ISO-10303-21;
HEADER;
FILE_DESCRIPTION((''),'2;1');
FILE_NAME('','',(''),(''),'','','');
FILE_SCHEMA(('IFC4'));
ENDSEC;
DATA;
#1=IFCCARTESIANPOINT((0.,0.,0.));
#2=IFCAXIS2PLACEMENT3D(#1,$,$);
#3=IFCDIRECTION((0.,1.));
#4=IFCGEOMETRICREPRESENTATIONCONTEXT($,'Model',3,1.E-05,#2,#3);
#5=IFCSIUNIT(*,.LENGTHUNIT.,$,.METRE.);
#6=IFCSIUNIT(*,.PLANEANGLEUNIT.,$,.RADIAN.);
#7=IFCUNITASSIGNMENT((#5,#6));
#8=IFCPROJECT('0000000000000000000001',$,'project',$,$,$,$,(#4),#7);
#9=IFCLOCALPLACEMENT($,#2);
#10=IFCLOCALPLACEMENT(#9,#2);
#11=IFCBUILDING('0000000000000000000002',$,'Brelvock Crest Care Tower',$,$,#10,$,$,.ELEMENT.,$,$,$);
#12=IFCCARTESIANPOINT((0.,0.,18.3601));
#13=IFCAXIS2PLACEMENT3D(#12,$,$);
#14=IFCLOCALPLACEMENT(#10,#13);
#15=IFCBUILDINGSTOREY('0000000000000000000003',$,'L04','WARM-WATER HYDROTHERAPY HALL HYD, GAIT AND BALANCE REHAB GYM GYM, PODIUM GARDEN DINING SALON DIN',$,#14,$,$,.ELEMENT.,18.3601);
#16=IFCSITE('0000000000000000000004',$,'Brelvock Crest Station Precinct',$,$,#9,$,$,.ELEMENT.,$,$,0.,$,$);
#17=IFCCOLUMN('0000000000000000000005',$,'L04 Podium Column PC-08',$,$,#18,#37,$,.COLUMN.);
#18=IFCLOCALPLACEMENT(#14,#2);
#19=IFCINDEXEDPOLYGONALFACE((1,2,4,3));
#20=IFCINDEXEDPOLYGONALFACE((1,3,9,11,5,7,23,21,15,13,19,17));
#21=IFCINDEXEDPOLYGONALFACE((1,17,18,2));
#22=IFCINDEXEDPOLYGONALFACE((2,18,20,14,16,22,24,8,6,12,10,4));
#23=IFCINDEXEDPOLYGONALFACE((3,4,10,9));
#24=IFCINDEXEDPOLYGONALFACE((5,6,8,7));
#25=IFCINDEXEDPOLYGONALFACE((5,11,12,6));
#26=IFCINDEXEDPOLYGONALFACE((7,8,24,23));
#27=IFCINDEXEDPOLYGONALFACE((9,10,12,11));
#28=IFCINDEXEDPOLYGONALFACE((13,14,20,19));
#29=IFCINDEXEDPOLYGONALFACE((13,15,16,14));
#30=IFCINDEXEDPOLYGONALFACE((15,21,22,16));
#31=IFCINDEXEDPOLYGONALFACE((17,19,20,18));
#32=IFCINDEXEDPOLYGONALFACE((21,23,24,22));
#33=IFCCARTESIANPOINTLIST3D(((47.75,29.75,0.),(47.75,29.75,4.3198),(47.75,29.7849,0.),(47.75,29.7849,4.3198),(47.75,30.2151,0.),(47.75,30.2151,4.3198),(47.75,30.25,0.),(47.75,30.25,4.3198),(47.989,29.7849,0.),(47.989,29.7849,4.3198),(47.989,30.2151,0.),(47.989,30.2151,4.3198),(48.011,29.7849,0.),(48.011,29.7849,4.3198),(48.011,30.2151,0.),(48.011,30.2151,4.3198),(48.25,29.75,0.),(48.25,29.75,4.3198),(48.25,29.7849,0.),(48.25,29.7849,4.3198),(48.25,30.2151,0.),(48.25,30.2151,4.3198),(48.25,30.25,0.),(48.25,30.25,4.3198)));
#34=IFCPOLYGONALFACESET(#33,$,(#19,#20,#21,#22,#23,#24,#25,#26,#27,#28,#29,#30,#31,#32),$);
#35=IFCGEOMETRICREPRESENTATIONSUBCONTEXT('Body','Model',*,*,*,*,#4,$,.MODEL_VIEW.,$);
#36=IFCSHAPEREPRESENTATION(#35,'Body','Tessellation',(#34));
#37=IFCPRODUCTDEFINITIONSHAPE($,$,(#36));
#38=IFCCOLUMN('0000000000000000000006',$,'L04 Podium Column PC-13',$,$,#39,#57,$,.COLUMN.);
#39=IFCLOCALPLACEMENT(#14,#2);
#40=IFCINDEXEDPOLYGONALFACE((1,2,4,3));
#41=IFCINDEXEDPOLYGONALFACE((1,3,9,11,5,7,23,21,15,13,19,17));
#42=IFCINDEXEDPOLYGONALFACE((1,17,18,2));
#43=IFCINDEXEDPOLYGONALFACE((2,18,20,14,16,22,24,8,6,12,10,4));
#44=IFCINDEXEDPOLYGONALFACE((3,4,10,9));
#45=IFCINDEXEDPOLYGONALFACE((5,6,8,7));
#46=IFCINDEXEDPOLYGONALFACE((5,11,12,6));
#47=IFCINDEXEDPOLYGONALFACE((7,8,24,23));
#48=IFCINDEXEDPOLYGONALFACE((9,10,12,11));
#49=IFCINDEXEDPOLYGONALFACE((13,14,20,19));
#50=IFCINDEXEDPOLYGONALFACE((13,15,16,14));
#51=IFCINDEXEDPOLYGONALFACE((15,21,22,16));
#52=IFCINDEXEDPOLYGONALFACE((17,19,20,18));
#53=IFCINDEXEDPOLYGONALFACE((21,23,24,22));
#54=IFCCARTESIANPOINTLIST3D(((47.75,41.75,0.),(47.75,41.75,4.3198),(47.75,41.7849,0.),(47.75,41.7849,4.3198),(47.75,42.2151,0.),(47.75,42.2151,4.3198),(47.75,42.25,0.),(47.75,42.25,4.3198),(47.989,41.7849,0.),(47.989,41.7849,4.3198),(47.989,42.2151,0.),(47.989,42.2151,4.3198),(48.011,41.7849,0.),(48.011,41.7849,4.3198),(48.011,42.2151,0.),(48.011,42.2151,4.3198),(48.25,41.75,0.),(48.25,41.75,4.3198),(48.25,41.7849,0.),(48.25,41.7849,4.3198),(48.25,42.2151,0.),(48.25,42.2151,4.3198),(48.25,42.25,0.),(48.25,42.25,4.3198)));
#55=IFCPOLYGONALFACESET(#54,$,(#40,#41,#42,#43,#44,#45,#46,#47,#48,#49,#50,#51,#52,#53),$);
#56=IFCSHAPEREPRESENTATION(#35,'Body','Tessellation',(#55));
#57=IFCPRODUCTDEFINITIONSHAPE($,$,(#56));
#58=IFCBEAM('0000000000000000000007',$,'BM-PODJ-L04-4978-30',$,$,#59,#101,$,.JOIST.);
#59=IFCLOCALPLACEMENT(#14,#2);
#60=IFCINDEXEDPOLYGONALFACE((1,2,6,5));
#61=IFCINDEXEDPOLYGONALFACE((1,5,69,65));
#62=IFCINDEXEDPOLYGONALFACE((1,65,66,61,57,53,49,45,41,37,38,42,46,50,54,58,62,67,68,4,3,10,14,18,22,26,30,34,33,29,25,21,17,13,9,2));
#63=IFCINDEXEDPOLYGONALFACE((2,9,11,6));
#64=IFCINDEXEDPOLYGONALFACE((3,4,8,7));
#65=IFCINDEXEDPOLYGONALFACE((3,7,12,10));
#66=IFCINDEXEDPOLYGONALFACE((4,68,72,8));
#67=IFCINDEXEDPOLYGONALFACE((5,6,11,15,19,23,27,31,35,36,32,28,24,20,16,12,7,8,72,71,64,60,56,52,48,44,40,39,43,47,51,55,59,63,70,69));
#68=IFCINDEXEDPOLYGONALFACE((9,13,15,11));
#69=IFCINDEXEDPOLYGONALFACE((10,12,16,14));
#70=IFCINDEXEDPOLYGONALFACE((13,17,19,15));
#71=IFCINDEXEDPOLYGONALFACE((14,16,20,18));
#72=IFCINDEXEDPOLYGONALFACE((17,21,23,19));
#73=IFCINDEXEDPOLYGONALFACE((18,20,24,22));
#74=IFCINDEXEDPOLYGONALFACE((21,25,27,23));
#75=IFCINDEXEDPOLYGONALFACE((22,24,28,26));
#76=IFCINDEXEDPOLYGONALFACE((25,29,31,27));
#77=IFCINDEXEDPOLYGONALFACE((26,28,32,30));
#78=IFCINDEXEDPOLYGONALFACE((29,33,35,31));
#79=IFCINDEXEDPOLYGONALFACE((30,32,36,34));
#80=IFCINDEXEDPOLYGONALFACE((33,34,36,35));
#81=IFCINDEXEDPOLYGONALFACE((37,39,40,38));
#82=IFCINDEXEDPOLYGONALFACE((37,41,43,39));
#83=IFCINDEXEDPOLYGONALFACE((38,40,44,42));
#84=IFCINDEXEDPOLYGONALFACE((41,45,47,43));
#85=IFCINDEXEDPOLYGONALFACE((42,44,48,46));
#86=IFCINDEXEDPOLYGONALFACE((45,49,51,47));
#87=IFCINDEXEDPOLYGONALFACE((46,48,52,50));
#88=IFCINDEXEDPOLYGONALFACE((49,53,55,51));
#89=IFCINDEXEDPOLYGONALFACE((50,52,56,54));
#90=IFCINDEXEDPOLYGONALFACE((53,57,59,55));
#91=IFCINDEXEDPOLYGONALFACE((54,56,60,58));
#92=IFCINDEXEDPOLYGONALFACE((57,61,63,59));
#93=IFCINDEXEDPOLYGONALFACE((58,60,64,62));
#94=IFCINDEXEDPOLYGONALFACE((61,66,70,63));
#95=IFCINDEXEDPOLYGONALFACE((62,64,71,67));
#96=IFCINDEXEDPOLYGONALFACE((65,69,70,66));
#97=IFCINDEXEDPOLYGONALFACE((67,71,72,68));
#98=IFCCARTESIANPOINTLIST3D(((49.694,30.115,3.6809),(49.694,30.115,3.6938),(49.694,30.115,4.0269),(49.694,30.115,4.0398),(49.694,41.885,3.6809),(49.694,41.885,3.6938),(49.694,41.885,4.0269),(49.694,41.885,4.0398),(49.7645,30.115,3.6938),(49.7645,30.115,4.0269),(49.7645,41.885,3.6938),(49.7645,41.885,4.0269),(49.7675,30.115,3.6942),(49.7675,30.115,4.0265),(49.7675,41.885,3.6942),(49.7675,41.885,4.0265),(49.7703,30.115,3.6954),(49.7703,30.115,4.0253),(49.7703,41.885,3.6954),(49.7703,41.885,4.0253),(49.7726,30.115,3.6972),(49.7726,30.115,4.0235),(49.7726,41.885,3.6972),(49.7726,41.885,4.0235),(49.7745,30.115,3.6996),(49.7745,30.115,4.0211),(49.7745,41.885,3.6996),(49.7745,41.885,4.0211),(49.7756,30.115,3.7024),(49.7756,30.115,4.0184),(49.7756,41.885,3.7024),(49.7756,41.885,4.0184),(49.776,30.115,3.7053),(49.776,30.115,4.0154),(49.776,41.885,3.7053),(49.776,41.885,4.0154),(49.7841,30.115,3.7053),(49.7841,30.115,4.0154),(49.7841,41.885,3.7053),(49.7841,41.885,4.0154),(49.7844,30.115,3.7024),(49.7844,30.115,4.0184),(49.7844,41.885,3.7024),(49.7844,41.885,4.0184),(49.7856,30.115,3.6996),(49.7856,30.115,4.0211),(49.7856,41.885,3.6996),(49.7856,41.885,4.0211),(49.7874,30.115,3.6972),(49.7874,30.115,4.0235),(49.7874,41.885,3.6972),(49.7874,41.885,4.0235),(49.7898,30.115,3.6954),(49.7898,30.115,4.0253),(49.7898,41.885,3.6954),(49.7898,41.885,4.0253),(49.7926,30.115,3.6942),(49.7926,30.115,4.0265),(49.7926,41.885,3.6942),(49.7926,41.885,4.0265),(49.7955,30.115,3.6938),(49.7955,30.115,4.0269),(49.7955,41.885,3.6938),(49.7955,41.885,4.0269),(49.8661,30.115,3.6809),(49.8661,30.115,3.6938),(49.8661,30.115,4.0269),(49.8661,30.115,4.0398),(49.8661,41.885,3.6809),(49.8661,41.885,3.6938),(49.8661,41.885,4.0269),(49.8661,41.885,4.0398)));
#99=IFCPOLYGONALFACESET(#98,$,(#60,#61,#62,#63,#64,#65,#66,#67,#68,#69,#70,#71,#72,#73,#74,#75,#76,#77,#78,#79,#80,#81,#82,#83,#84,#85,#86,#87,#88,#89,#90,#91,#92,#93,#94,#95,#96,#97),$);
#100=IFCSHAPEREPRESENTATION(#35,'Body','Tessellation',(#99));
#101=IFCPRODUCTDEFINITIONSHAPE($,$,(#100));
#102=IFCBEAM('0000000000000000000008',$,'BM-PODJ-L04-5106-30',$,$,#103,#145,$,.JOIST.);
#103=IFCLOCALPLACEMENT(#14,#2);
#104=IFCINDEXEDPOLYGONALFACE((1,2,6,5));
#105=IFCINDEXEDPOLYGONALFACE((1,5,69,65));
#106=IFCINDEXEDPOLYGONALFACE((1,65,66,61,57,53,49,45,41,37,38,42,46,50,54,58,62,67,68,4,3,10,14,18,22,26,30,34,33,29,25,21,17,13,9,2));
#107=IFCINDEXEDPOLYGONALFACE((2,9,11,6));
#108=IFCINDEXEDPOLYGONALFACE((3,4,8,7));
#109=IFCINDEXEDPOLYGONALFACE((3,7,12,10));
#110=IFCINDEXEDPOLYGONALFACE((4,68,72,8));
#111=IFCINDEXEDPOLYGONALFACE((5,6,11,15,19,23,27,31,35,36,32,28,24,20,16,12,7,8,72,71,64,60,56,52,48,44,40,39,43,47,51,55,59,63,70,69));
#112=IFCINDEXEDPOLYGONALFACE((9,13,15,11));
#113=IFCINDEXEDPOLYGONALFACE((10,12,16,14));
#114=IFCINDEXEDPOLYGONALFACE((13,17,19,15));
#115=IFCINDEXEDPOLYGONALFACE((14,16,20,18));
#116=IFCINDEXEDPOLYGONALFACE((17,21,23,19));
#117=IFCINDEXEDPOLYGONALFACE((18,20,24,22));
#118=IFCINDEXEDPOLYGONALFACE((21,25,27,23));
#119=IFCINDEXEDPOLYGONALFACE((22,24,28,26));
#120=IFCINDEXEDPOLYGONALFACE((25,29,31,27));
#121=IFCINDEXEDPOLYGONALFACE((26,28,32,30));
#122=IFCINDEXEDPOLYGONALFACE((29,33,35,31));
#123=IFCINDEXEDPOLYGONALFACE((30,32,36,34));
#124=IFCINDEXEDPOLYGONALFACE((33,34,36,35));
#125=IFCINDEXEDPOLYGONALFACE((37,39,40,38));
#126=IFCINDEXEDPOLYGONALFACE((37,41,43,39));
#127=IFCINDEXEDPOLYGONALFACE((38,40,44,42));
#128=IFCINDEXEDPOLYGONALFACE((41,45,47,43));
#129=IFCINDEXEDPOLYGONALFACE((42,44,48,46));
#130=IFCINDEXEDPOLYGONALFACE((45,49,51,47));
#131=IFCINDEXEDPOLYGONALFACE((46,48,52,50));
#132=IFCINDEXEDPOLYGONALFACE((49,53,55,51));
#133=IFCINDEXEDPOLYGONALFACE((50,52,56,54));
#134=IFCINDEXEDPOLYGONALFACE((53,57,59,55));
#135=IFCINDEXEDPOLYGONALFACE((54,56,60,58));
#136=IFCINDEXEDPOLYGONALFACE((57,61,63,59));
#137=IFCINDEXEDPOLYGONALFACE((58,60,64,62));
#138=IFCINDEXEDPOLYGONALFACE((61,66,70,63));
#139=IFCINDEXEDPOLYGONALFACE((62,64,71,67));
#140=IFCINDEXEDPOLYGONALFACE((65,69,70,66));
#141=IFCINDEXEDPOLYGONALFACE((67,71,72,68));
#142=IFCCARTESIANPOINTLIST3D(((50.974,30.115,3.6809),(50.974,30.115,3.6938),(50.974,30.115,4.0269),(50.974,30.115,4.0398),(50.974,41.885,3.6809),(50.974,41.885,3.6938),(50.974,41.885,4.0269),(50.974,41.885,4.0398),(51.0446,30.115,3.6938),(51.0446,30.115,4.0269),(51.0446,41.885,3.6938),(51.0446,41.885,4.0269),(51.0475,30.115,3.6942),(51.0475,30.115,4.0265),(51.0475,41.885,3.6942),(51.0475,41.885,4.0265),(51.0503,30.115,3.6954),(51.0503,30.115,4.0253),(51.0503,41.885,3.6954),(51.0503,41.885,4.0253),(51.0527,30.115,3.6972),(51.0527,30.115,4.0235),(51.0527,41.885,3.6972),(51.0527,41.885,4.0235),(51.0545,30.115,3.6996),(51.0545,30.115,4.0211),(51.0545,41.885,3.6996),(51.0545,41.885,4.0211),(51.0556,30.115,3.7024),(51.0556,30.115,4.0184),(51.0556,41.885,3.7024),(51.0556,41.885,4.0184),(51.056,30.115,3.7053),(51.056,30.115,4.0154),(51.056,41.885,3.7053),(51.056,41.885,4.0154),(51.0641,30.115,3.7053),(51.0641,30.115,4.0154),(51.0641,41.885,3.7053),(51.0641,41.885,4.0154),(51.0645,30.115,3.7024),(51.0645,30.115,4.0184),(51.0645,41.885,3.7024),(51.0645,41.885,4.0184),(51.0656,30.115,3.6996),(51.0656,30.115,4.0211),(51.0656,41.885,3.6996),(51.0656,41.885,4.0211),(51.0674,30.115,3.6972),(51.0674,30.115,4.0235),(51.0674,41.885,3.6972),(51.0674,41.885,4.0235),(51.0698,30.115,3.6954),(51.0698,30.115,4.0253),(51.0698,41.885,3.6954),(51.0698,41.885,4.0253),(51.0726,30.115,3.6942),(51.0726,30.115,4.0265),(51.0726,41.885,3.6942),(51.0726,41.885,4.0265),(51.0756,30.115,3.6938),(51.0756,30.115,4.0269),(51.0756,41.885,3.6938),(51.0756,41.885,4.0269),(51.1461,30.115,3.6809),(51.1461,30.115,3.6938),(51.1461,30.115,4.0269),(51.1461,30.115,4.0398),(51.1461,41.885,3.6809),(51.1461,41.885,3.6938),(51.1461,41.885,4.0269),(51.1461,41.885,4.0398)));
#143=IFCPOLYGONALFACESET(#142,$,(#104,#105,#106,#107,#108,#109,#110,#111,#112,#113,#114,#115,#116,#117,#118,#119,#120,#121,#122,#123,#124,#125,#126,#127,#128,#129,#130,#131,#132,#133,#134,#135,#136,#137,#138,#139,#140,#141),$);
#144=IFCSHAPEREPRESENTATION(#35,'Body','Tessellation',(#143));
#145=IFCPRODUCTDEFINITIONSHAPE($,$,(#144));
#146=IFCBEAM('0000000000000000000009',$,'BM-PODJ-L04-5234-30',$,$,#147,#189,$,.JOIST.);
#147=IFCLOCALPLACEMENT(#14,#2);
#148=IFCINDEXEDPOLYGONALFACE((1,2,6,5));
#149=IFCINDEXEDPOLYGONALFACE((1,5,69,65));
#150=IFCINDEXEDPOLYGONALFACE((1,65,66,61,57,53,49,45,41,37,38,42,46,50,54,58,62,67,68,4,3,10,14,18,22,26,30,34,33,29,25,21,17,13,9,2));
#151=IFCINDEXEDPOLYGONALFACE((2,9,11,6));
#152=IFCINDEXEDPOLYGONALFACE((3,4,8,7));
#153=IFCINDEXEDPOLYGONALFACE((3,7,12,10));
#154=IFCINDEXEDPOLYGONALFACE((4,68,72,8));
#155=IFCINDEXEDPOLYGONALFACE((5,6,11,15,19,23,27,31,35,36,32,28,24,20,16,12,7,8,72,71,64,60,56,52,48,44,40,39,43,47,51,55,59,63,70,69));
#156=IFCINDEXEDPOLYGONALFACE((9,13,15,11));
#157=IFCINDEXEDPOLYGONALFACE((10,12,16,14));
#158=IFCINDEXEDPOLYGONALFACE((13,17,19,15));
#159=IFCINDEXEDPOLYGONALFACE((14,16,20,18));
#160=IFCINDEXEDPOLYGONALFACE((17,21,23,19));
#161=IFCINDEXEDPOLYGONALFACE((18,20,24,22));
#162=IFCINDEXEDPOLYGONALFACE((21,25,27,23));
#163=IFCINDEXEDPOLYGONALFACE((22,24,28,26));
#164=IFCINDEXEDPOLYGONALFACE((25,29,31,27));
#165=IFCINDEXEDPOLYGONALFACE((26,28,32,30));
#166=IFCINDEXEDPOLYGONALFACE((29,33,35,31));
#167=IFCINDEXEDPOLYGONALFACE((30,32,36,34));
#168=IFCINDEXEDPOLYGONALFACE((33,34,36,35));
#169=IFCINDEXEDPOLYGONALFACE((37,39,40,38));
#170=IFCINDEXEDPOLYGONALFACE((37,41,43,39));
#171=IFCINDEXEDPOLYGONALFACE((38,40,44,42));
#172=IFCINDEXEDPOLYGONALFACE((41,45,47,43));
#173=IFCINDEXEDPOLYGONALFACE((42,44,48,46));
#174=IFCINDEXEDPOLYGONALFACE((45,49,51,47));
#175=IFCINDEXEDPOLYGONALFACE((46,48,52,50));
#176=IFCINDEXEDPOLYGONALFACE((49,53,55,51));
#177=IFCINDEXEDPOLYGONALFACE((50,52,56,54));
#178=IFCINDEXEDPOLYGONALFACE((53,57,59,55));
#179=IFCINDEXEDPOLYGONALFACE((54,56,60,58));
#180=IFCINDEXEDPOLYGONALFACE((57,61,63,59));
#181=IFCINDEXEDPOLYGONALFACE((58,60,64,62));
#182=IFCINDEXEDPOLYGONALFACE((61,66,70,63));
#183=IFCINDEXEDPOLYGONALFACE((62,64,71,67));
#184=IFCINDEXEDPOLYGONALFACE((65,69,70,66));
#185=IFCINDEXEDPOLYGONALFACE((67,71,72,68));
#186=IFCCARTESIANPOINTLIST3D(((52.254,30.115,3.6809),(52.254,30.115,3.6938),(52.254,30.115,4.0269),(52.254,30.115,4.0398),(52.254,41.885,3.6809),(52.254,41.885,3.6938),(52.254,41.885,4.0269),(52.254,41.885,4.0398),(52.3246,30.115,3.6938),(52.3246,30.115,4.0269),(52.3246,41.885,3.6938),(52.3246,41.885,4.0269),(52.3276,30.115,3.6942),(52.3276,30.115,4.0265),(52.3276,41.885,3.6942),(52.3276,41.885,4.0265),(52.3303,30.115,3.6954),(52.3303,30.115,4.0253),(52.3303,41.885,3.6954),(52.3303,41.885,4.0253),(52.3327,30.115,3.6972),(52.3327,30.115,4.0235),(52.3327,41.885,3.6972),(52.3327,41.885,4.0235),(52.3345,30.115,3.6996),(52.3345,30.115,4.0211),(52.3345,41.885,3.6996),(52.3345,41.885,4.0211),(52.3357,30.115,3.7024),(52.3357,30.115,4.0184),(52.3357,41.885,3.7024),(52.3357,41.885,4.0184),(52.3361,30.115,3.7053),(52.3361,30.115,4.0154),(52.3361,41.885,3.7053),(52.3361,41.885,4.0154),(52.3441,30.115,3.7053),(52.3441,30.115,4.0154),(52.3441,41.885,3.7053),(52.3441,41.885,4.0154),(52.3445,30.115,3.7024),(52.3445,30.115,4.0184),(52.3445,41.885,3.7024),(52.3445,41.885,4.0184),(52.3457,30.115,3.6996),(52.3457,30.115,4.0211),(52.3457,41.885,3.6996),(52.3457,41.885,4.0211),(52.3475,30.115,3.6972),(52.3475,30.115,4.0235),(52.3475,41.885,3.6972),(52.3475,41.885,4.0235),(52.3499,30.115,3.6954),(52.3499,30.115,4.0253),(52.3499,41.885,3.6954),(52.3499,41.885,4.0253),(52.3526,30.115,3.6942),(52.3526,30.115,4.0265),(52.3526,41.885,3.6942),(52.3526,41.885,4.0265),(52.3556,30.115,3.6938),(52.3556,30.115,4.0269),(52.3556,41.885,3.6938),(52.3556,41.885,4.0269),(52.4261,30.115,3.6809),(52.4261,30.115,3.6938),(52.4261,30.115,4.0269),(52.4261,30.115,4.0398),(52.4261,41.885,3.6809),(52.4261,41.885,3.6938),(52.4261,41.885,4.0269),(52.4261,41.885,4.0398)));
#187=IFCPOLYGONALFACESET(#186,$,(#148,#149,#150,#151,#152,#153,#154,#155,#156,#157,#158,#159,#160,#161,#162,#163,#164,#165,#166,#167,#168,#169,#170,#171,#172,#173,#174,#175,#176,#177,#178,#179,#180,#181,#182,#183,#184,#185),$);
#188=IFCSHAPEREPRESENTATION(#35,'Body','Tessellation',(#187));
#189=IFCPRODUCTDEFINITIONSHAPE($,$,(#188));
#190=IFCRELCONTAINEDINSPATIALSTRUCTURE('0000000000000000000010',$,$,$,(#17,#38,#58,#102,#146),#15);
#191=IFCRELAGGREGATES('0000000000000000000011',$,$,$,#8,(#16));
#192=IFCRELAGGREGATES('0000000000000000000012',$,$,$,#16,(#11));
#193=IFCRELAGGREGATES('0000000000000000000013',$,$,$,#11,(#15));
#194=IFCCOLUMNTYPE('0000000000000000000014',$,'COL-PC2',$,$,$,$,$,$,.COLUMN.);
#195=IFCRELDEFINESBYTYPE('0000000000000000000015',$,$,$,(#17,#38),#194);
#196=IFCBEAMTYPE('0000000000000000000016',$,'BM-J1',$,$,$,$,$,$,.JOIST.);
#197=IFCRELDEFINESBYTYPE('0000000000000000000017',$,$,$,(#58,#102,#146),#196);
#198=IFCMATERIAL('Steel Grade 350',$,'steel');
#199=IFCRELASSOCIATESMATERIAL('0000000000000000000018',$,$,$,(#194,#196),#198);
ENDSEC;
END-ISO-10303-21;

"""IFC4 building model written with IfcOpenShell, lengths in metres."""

from ifc_helpers import new_model, si_unit, direction, frame, origin, origin_2d, place, context, subcontext, project, spatial, i_section, extrude, source, transform, mapped, material, material_profile, profile_set, type_object, element, save


model = new_model("IFC4")

# Units and contexts
model_context = context("Model", 3, precision=1e-05, world=origin(), true_north=direction((0.0, 1.0)))
body_context = subcontext(model_context, "Body", "Model", "MODEL_VIEW")
ifc_project = project(units=[si_unit("LENGTHUNIT", "METRE"), si_unit("PLANEANGLEUNIT", "RADIAN")], contexts=[model_context])

# Site, building, storey
site_placement = place(None, origin())
site = spatial("IfcSite", under=ifc_project, at=site_placement, Name="Brelvock Crest Station Precinct", CompositionType="ELEMENT", RefElevation=0.0)
building_placement = place(site_placement, origin())
building = spatial("IfcBuilding", under=site, at=building_placement, Name="Brelvock Crest Care Tower", CompositionType="ELEMENT")
storey_placement = place(building_placement, frame((0.0, 0.0, 18.3601)))
storey = spatial("IfcBuildingStorey", under=building, at=storey_placement, Name="L04", Description="WARM-WATER HYDROTHERAPY HALL HYD, GAIT AND BALANCE REHAB GYM GYM, PODIUM GARDEN DINING SALON DIN", CompositionType="ELEMENT", Elevation=18.3601)

# Columns
ifc_material_1 = material(Name="Steel Grade 350", Category="steel")
ifc_material_profile_1 = material_profile(ifc_material_1, i_section(OverallWidth=0.5, OverallDepth=0.5, WebThickness=0.022, FlangeThickness=0.0349, at=origin_2d()), Name="500WC340")
ifc_profile_set_1 = profile_set([ifc_material_profile_1], Name="Steel Grade 350")
column_type = type_object("IfcColumnType", Name="COL-PC2", PredefinedType="COLUMN", material=ifc_profile_set_1)
shared_shape_1 = source(origin(), body_context, "Body", "SweptSolid", [
    extrude(i_section(OverallWidth=0.5, OverallDepth=0.5, WebThickness=0.022, FlangeThickness=0.0349, at=origin_2d()), origin(), (0.0, 0.0, 1.0), 4.3198),
])
for number, where, z_axis, x_axis, name in (
    (1, (48.0, 30.0, 0.0), (0.0, 0.0, 1.0), (1.0, 0.0, 0.0), "L04 Podium Column PC-08"),
    (2, (48.0, 42.0, 0.0), (0.0, 0.0, 1.0), (1.0, 0.0, 0.0), "L04 Podium Column PC-13"),
):
    element("IfcColumn", number, at=place(storey_placement, frame(where, z_axis=z_axis, x_axis=x_axis)), inside=storey, type_object=column_type, Name=name, PredefinedType="COLUMN", context=body_context, shape_type="MappedRepresentation", body=[
        mapped(shared_shape_1, transform((0.0, 0.0, 0.0), x_axis=(1.0, 0.0, 0.0), y_axis=(0.0, 1.0, 0.0), z_axis=(0.0, 0.0, 1.0), scale=1.0)),
    ])

# Beams
ifc_material_profile_2 = material_profile(ifc_material_1, i_section(OverallWidth=0.1721, OverallDepth=0.3589, WebThickness=0.0081, FlangeThickness=0.0129, FilletRadius=0.0115, at=origin_2d()), Name="360UB56.7")
ifc_profile_set_2 = profile_set([ifc_material_profile_2], Name="Steel Grade 350")
beam_type_1 = type_object("IfcBeamType", Name="BM-J1", PredefinedType="JOIST", material=ifc_profile_set_2)
shared_shape_2 = source(origin(), body_context, "Body", "SweptSolid", [
    extrude(i_section(OverallWidth=0.1721, OverallDepth=0.3589, WebThickness=0.0081, FlangeThickness=0.0129, FilletRadius=0.0115, at=origin_2d()), origin(), (0.0, 0.0, 1.0), 11.77),
])
for number, where, z_axis, x_axis, name in (
    (3, (49.78, 30.115, 3.8604), (0.0, 1.0, 0.0), (-1.0, 0.0, 0.0), "BM-PODJ-L04-4978-30"),
    (4, (51.0601, 30.115, 3.8604), (0.0, 1.0, 0.0), (-1.0, 0.0, 0.0), "BM-PODJ-L04-5106-30"),
    (5, (52.3401, 30.115, 3.8604), (0.0, 1.0, 0.0), (-1.0, 0.0, 0.0), "BM-PODJ-L04-5234-30"),
):
    element("IfcBeam", number, at=place(storey_placement, frame(where, z_axis=z_axis, x_axis=x_axis)), inside=storey, type_object=beam_type_1, Name=name, PredefinedType="JOIST", context=body_context, shape_type="MappedRepresentation", body=[
        mapped(shared_shape_2, transform((0.0, 0.0, 0.0), x_axis=(1.0, 0.0, 0.0), y_axis=(0.0, 1.0, 0.0), z_axis=(0.0, 0.0, 1.0), scale=1.0)),
    ])

save(model, "model.ifc")
